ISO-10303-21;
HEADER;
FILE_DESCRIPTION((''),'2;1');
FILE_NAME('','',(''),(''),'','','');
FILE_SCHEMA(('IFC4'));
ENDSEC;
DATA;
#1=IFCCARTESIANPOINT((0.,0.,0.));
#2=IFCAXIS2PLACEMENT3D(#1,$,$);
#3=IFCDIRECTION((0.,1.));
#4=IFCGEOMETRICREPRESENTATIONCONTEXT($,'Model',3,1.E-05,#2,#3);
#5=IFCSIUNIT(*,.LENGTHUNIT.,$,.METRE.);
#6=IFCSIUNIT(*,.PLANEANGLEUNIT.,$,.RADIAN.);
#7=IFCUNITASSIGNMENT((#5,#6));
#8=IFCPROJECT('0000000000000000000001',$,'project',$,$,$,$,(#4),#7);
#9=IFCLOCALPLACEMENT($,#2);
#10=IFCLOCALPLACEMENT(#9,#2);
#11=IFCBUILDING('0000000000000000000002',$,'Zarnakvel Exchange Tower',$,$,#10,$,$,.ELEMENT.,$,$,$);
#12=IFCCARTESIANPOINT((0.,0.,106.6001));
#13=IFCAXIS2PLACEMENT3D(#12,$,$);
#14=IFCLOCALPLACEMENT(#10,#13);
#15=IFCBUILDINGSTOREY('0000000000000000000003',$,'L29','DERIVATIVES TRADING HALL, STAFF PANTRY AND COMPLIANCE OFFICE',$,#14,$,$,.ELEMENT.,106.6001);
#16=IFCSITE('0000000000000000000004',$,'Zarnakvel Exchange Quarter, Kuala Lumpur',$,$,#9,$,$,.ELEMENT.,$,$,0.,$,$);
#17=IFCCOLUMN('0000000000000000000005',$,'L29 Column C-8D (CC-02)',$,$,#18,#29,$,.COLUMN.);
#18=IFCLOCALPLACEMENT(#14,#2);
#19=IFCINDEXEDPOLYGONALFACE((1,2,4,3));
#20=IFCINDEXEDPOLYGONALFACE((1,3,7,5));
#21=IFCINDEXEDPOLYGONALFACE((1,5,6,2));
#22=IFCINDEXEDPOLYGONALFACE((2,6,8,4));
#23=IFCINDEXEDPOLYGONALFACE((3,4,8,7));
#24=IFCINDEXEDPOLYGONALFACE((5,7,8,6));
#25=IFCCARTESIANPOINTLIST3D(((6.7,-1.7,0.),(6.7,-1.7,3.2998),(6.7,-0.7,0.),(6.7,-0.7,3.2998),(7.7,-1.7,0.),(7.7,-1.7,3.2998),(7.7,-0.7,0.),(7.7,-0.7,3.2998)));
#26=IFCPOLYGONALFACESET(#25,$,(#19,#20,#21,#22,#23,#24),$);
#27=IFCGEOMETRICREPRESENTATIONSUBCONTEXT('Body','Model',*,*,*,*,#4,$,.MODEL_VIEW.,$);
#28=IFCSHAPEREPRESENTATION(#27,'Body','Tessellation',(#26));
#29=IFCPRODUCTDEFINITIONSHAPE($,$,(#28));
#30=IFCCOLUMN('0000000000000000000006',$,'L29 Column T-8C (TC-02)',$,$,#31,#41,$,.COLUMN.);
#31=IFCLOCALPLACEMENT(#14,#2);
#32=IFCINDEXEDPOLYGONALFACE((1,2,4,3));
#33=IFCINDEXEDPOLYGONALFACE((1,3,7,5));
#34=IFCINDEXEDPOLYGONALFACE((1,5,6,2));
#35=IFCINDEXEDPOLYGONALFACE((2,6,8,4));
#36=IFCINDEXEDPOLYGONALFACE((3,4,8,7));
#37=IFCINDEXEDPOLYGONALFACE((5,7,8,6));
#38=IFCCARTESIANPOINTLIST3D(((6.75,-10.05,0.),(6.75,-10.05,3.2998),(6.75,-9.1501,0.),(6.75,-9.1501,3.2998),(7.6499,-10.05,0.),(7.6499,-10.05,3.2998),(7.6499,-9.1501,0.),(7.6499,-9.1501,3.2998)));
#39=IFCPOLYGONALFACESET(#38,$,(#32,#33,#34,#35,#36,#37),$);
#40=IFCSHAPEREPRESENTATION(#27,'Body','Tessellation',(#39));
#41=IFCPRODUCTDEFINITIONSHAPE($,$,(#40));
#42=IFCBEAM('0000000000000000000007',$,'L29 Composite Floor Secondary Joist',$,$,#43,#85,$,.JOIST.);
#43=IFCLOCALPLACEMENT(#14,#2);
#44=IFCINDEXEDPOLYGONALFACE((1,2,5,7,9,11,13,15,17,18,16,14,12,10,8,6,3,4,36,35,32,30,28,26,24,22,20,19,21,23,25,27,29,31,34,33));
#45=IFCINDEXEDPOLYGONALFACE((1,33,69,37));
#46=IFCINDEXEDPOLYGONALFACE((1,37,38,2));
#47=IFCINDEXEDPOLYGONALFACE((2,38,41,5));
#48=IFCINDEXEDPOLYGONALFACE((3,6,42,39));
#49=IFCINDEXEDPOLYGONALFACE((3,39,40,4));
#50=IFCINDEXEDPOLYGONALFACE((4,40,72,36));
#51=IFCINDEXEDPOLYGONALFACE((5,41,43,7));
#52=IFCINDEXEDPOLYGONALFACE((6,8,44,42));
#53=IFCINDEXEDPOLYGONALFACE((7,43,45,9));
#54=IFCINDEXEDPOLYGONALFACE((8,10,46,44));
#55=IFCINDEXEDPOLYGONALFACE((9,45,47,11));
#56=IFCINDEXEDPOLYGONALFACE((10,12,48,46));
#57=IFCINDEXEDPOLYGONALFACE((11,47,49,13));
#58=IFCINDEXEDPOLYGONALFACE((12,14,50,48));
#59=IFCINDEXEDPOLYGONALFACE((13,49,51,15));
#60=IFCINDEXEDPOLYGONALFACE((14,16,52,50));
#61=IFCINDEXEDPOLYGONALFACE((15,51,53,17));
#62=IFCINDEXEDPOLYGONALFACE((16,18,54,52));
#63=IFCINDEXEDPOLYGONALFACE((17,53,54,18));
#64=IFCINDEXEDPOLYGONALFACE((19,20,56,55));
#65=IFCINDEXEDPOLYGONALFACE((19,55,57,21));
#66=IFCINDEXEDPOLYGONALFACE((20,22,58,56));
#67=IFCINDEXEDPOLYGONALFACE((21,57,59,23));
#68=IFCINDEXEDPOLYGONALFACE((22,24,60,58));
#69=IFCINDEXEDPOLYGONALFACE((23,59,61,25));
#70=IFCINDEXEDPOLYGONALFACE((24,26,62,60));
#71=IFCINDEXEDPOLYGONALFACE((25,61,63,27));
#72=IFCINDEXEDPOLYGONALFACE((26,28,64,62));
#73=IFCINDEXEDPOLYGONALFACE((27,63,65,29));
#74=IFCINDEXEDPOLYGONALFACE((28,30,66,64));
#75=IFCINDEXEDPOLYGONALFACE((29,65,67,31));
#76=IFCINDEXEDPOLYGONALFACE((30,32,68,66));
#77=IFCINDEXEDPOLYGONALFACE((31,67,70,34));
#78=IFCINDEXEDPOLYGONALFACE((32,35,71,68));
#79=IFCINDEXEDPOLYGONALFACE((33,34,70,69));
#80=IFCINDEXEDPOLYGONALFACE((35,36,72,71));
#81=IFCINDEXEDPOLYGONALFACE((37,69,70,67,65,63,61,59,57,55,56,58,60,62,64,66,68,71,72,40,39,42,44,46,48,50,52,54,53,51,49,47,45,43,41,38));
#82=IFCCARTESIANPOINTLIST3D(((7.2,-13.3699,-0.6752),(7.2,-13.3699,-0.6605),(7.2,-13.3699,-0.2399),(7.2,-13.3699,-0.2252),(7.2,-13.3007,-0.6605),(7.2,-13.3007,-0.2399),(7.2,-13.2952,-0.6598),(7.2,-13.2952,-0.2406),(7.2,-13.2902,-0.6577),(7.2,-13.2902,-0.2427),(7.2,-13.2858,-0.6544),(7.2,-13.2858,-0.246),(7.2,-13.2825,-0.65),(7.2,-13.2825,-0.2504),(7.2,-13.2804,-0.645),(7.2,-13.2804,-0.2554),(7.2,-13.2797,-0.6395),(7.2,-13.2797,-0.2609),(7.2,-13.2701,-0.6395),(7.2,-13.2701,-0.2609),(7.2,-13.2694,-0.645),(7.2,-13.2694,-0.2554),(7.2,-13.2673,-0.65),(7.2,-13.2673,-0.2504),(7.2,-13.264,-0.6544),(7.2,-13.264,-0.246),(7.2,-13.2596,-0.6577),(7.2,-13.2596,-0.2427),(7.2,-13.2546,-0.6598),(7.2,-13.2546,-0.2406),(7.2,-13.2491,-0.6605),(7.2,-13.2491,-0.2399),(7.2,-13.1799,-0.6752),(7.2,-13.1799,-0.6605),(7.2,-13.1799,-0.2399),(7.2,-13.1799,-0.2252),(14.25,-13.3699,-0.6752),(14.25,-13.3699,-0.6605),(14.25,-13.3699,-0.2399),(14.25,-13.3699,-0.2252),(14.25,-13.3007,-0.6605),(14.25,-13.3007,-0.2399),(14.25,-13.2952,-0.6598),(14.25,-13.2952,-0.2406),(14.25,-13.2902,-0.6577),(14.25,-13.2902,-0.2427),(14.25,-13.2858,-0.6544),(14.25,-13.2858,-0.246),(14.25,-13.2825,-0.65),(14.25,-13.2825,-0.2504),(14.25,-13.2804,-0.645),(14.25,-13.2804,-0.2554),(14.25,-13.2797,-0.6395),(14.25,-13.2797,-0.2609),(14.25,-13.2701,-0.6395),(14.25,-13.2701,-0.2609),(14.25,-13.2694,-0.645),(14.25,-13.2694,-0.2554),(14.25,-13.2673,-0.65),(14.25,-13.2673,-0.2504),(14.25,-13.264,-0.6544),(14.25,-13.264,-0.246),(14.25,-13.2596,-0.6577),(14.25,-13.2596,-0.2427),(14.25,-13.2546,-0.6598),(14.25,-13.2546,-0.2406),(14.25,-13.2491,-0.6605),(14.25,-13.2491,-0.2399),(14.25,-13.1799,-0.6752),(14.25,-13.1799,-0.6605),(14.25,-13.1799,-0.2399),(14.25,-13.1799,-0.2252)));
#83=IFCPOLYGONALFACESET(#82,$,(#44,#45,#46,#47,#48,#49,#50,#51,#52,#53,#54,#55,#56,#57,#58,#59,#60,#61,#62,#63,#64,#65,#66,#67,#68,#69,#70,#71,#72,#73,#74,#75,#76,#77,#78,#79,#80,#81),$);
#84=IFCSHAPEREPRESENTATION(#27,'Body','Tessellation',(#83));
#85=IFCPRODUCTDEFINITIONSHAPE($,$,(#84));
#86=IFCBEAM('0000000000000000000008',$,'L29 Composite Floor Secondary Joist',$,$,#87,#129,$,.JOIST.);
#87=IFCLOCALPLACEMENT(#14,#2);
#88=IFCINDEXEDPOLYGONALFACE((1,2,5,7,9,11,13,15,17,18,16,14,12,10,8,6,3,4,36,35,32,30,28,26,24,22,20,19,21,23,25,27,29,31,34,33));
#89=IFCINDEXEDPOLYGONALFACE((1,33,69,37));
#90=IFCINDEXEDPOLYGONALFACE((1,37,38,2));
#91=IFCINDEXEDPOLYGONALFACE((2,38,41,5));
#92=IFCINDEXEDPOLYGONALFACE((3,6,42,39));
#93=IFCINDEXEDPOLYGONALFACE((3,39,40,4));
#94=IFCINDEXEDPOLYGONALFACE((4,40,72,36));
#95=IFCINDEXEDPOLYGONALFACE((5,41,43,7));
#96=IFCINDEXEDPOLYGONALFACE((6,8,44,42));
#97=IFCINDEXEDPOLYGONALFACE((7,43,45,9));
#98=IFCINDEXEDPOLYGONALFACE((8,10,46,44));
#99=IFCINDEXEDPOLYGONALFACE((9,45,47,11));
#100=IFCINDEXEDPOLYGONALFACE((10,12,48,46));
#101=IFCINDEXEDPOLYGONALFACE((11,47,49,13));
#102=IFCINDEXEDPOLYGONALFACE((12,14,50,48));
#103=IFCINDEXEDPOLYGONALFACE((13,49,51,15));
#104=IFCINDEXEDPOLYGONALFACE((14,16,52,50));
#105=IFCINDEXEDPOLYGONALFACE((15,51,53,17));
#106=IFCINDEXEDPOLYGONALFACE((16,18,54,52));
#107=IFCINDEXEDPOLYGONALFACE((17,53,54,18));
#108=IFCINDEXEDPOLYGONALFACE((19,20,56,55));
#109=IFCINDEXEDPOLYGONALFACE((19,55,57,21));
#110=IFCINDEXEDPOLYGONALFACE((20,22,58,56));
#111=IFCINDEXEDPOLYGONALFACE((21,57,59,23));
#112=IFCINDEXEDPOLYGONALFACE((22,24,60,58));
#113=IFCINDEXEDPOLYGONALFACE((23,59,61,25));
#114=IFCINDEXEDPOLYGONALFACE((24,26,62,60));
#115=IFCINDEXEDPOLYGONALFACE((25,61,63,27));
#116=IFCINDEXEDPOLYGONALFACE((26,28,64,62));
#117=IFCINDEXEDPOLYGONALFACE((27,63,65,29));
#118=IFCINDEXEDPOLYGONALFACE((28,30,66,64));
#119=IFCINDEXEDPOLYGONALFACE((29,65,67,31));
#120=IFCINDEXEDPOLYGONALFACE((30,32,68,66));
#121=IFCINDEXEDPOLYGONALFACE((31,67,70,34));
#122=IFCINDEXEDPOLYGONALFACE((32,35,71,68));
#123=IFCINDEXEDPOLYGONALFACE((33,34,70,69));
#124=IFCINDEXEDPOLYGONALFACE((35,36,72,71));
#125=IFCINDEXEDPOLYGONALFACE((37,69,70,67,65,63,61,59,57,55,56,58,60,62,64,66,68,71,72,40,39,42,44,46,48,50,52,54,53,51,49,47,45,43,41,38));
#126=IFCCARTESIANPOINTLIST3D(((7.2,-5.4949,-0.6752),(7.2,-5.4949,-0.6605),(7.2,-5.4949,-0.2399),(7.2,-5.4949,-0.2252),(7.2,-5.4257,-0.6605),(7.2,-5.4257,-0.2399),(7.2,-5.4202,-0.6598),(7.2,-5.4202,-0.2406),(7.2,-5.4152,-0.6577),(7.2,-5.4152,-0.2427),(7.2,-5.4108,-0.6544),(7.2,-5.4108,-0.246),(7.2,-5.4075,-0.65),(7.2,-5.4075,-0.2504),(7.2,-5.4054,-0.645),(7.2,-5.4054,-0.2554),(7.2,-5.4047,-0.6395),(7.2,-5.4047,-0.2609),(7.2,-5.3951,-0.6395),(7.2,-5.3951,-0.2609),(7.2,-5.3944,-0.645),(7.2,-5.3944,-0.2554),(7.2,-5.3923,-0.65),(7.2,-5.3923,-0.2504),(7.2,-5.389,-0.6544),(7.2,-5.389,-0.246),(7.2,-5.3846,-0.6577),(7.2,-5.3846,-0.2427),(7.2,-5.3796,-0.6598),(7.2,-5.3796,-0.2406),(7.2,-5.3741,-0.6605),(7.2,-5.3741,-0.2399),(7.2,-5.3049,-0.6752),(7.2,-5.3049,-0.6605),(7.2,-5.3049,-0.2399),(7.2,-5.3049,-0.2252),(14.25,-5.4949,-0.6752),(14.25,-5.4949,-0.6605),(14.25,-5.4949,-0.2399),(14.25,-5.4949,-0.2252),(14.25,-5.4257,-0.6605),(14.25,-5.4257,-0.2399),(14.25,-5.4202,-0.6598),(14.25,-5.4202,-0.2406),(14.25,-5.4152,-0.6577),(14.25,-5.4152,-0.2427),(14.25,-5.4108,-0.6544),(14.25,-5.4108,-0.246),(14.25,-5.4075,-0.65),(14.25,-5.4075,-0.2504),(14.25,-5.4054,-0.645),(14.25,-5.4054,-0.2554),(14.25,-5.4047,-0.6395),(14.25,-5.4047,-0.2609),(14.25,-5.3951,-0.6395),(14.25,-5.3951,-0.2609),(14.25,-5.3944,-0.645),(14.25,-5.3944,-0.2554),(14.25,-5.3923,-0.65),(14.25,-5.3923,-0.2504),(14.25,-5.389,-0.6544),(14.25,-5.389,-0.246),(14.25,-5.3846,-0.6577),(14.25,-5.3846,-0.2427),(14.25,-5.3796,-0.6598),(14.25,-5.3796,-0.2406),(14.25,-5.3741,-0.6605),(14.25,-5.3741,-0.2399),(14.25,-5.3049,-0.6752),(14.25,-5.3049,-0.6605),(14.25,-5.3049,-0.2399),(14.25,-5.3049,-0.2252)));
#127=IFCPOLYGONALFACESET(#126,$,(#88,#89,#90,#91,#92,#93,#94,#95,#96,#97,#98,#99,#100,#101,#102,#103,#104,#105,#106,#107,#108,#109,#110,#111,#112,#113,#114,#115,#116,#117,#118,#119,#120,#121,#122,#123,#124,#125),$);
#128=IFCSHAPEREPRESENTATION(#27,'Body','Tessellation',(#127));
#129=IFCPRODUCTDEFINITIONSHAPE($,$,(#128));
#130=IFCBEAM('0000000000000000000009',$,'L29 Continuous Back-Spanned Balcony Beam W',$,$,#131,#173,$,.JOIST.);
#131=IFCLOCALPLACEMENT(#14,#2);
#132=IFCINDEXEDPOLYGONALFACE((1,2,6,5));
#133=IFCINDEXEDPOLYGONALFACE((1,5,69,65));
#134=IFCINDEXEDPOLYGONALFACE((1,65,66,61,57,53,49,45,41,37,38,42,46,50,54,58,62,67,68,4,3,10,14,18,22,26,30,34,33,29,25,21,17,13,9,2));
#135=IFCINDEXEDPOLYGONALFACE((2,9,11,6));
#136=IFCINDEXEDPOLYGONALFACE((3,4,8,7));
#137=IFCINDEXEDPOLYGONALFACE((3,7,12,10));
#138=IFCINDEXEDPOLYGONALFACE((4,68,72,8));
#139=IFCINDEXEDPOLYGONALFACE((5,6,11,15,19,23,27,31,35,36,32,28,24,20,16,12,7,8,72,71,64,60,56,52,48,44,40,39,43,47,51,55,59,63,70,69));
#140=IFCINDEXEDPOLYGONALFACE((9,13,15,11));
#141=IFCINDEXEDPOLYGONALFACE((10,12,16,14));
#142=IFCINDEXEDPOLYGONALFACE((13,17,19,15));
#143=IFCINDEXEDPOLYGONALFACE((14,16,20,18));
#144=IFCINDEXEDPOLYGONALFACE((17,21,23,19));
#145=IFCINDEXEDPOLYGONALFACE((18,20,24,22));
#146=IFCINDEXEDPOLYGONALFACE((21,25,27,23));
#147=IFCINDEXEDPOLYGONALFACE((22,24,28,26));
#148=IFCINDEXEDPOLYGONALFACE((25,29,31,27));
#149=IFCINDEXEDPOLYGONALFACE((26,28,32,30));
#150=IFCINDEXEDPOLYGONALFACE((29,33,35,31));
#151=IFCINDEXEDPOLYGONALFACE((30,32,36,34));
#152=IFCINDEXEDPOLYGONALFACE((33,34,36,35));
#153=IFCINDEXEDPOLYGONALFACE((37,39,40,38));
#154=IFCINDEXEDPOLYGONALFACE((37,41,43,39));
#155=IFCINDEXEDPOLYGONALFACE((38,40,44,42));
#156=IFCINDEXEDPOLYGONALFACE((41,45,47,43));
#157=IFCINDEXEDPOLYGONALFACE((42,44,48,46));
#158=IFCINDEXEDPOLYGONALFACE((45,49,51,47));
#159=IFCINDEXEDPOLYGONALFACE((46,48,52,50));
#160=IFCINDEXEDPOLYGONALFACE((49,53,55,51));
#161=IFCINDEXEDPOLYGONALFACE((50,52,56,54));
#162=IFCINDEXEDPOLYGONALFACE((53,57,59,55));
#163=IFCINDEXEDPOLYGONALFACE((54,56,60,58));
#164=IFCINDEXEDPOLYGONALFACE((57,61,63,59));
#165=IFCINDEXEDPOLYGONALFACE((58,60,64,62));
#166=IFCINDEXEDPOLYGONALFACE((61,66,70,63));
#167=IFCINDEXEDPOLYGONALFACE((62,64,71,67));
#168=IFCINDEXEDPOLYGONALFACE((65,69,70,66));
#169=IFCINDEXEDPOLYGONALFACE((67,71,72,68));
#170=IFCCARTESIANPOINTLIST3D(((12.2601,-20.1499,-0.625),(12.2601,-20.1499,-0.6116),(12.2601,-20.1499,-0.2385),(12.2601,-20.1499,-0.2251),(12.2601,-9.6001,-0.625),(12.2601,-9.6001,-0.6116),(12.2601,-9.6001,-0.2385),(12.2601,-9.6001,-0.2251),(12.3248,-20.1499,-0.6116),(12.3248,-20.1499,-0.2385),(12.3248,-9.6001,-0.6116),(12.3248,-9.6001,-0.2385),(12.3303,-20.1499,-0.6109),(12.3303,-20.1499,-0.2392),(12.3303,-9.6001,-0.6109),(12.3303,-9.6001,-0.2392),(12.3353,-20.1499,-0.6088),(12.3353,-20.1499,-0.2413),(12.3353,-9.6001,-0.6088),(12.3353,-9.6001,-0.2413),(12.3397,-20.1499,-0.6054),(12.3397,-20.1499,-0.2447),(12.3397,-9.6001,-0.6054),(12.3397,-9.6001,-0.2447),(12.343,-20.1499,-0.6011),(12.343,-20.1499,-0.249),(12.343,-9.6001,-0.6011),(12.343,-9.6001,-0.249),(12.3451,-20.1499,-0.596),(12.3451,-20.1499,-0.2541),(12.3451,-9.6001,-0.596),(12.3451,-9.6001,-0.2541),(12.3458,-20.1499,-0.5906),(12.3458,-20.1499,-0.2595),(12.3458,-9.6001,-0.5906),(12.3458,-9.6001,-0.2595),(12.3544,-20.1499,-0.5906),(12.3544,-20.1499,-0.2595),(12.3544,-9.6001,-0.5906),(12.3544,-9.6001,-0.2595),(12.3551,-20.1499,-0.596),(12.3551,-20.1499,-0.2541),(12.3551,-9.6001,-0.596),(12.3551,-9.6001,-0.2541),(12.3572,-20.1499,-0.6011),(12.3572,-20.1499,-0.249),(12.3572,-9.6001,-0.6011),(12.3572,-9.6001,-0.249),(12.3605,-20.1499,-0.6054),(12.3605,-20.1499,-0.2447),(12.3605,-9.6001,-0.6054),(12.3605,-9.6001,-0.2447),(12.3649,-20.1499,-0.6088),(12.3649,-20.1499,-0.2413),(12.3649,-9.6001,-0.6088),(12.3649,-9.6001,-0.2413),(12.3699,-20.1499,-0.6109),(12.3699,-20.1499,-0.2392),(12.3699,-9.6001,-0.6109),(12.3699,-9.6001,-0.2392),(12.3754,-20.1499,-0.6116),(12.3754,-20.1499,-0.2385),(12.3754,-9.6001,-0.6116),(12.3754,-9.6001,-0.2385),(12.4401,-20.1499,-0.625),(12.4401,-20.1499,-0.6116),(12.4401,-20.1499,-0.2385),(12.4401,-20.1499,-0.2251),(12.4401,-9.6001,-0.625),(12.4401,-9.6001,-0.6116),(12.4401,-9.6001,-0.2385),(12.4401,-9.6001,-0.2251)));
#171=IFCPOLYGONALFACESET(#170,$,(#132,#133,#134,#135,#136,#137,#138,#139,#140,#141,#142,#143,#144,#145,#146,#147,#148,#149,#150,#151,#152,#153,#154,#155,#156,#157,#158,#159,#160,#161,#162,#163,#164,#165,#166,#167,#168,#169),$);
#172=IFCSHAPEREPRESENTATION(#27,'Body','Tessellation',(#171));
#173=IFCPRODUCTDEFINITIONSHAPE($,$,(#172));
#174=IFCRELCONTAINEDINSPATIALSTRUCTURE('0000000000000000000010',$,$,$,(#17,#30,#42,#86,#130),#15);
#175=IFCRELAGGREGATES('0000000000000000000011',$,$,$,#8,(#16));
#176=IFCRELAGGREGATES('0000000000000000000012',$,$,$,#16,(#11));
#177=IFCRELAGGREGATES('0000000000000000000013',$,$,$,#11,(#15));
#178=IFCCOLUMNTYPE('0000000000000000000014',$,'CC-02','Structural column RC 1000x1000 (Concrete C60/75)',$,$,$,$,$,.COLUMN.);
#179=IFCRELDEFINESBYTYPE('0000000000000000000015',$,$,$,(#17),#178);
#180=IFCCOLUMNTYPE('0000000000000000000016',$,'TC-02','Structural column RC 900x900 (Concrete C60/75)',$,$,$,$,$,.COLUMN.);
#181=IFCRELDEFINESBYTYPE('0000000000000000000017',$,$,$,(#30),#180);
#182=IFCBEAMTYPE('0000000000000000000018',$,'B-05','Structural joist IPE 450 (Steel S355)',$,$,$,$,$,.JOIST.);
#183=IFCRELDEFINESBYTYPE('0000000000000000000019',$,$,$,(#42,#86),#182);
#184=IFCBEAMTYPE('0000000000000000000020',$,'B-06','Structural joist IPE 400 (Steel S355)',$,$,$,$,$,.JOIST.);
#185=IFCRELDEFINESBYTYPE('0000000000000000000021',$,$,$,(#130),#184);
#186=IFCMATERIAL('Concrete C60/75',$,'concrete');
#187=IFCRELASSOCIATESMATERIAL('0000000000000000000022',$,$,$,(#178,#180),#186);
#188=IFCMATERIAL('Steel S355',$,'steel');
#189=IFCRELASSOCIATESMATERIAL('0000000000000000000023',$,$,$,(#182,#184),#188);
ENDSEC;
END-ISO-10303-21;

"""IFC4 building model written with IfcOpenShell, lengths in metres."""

from ifc_helpers import new_model, si_unit, direction, frame, origin, origin_2d, place, context, subcontext, project, spatial, rectangle, i_section, extrude, material, material_profile, profile_set, type_object, element, save


model = new_model("IFC4")

# Units and contexts
model_context = context("Model", 3, precision=1e-05, world=origin(), true_north=direction((0.0, 1.0)))
body_context = subcontext(model_context, "Body", "Model", "MODEL_VIEW")
ifc_project = project(units=[si_unit("LENGTHUNIT", "METRE"), si_unit("PLANEANGLEUNIT", "RADIAN")], contexts=[model_context])

# Site, building, storey
site_placement = place(None, origin())
site = spatial("IfcSite", under=ifc_project, at=site_placement, Name="Zarnakvel Exchange Quarter, Kuala Lumpur", CompositionType="ELEMENT", RefElevation=0.0)
building_placement = place(site_placement, origin())
building = spatial("IfcBuilding", under=site, at=building_placement, Name="Zarnakvel Exchange Tower", CompositionType="ELEMENT")
storey_placement = place(building_placement, frame((0.0, 0.0, 106.6001)))
storey = spatial("IfcBuildingStorey", under=building, at=storey_placement, Name="L29", Description="DERIVATIVES TRADING HALL, STAFF PANTRY AND COMPLIANCE OFFICE", CompositionType="ELEMENT", Elevation=106.6001)

# Columns
ifc_material_1 = material(Name="Concrete C60/75", Category="concrete")
ifc_material_profile_1 = material_profile(ifc_material_1, rectangle(XDim=1.0, YDim=1.0, at=origin_2d()))
ifc_profile_set_1 = profile_set([ifc_material_profile_1], Name="Concrete C60/75")
column_type_1 = type_object("IfcColumnType", Name="CC-02", Description="Structural column RC 1000x1000 (Concrete C60/75)", PredefinedType="COLUMN", material=ifc_profile_set_1)
column_1_placement = place(storey_placement, frame((7.2, -1.2, 0.0), z_axis=(0.0, 0.0, 1.0), x_axis=(1.0, 0.0, 0.0)))
element("IfcColumn", 1, at=column_1_placement, inside=storey, type_object=column_type_1, Name="L29 Column C-8D (CC-02)", PredefinedType="COLUMN", context=body_context, shape_type="SweptSolid", body=[
    extrude(rectangle(XDim=1.0, YDim=1.0, at=origin_2d()), origin(), (0.0, 0.0, 1.0), 3.2998),
])
ifc_material_profile_2 = material_profile(ifc_material_1, rectangle(XDim=0.8999, YDim=0.8999, at=origin_2d()))
ifc_profile_set_2 = profile_set([ifc_material_profile_2], Name="Concrete C60/75")
column_type_2 = type_object("IfcColumnType", Name="TC-02", Description="Structural column RC 900x900 (Concrete C60/75)", PredefinedType="COLUMN", material=ifc_profile_set_2)
column_2_placement = place(storey_placement, frame((7.2, -9.6001, 0.0), z_axis=(0.0, 0.0, 1.0), x_axis=(1.0, 0.0, 0.0)))
element("IfcColumn", 2, at=column_2_placement, inside=storey, type_object=column_type_2, Name="L29 Column T-8C (TC-02)", PredefinedType="COLUMN", context=body_context, shape_type="SweptSolid", body=[
    extrude(rectangle(XDim=0.8999, YDim=0.8999, at=origin_2d()), origin(), (0.0, 0.0, 1.0), 3.2998),
])

# Beams
ifc_material_2 = material(Name="Steel S355", Category="steel")
ifc_material_profile_3 = material_profile(ifc_material_2, i_section(OverallWidth=0.1899, OverallDepth=0.45, WebThickness=0.0095, FlangeThickness=0.0146, FilletRadius=0.021, at=origin_2d()))
ifc_profile_set_3 = profile_set([ifc_material_profile_3], Name="Steel S355")
beam_type_1 = type_object("IfcBeamType", Name="B-05", Description="Structural joist IPE 450 (Steel S355)", PredefinedType="JOIST", material=ifc_profile_set_3)
for number, where, z_axis, x_axis, name in (
    (3, (7.2, -13.2749, -0.4502), (1.0, 0.0, 0.0), (0.0, 1.0, 0.0), "L29 Composite Floor Secondary Joist"),
    (4, (7.2, -5.3999, -0.4502), (1.0, 0.0, 0.0), (0.0, 1.0, 0.0), "L29 Composite Floor Secondary Joist"),
):
    element("IfcBeam", number, at=place(storey_placement, frame(where, z_axis=z_axis, x_axis=x_axis)), inside=storey, type_object=beam_type_1, Name=name, PredefinedType="JOIST", context=body_context, shape_type="SweptSolid", body=[
        extrude(i_section(OverallWidth=0.1899, OverallDepth=0.45, WebThickness=0.0095, FlangeThickness=0.0146, FilletRadius=0.021, at=origin_2d()), origin(), (0.0, 0.0, 1.0), 7.05),
    ])
ifc_material_profile_4 = material_profile(ifc_material_2, i_section(OverallWidth=0.1799, OverallDepth=0.3999, WebThickness=0.0085, FlangeThickness=0.0134, FilletRadius=0.021, at=origin_2d()))
ifc_profile_set_4 = profile_set([ifc_material_profile_4], Name="Steel S355")
beam_type_2 = type_object("IfcBeamType", Name="B-06", Description="Structural joist IPE 400 (Steel S355)", PredefinedType="JOIST", material=ifc_profile_set_4)
beam_1_placement = place(storey_placement, frame((12.3501, -9.6001, -0.425), z_axis=(0.0, -1.0, 0.0), x_axis=(1.0, 0.0, 0.0)))
element("IfcBeam", 5, at=beam_1_placement, inside=storey, type_object=beam_type_2, Name="L29 Continuous Back-Spanned Balcony Beam W", PredefinedType="JOIST", context=body_context, shape_type="SweptSolid", body=[
    extrude(i_section(OverallWidth=0.1799, OverallDepth=0.3999, WebThickness=0.0085, FlangeThickness=0.0134, FilletRadius=0.021, at=origin_2d()), origin(), (0.0, 0.0, 1.0), 10.5498),
])

save(model, "model.ifc")
